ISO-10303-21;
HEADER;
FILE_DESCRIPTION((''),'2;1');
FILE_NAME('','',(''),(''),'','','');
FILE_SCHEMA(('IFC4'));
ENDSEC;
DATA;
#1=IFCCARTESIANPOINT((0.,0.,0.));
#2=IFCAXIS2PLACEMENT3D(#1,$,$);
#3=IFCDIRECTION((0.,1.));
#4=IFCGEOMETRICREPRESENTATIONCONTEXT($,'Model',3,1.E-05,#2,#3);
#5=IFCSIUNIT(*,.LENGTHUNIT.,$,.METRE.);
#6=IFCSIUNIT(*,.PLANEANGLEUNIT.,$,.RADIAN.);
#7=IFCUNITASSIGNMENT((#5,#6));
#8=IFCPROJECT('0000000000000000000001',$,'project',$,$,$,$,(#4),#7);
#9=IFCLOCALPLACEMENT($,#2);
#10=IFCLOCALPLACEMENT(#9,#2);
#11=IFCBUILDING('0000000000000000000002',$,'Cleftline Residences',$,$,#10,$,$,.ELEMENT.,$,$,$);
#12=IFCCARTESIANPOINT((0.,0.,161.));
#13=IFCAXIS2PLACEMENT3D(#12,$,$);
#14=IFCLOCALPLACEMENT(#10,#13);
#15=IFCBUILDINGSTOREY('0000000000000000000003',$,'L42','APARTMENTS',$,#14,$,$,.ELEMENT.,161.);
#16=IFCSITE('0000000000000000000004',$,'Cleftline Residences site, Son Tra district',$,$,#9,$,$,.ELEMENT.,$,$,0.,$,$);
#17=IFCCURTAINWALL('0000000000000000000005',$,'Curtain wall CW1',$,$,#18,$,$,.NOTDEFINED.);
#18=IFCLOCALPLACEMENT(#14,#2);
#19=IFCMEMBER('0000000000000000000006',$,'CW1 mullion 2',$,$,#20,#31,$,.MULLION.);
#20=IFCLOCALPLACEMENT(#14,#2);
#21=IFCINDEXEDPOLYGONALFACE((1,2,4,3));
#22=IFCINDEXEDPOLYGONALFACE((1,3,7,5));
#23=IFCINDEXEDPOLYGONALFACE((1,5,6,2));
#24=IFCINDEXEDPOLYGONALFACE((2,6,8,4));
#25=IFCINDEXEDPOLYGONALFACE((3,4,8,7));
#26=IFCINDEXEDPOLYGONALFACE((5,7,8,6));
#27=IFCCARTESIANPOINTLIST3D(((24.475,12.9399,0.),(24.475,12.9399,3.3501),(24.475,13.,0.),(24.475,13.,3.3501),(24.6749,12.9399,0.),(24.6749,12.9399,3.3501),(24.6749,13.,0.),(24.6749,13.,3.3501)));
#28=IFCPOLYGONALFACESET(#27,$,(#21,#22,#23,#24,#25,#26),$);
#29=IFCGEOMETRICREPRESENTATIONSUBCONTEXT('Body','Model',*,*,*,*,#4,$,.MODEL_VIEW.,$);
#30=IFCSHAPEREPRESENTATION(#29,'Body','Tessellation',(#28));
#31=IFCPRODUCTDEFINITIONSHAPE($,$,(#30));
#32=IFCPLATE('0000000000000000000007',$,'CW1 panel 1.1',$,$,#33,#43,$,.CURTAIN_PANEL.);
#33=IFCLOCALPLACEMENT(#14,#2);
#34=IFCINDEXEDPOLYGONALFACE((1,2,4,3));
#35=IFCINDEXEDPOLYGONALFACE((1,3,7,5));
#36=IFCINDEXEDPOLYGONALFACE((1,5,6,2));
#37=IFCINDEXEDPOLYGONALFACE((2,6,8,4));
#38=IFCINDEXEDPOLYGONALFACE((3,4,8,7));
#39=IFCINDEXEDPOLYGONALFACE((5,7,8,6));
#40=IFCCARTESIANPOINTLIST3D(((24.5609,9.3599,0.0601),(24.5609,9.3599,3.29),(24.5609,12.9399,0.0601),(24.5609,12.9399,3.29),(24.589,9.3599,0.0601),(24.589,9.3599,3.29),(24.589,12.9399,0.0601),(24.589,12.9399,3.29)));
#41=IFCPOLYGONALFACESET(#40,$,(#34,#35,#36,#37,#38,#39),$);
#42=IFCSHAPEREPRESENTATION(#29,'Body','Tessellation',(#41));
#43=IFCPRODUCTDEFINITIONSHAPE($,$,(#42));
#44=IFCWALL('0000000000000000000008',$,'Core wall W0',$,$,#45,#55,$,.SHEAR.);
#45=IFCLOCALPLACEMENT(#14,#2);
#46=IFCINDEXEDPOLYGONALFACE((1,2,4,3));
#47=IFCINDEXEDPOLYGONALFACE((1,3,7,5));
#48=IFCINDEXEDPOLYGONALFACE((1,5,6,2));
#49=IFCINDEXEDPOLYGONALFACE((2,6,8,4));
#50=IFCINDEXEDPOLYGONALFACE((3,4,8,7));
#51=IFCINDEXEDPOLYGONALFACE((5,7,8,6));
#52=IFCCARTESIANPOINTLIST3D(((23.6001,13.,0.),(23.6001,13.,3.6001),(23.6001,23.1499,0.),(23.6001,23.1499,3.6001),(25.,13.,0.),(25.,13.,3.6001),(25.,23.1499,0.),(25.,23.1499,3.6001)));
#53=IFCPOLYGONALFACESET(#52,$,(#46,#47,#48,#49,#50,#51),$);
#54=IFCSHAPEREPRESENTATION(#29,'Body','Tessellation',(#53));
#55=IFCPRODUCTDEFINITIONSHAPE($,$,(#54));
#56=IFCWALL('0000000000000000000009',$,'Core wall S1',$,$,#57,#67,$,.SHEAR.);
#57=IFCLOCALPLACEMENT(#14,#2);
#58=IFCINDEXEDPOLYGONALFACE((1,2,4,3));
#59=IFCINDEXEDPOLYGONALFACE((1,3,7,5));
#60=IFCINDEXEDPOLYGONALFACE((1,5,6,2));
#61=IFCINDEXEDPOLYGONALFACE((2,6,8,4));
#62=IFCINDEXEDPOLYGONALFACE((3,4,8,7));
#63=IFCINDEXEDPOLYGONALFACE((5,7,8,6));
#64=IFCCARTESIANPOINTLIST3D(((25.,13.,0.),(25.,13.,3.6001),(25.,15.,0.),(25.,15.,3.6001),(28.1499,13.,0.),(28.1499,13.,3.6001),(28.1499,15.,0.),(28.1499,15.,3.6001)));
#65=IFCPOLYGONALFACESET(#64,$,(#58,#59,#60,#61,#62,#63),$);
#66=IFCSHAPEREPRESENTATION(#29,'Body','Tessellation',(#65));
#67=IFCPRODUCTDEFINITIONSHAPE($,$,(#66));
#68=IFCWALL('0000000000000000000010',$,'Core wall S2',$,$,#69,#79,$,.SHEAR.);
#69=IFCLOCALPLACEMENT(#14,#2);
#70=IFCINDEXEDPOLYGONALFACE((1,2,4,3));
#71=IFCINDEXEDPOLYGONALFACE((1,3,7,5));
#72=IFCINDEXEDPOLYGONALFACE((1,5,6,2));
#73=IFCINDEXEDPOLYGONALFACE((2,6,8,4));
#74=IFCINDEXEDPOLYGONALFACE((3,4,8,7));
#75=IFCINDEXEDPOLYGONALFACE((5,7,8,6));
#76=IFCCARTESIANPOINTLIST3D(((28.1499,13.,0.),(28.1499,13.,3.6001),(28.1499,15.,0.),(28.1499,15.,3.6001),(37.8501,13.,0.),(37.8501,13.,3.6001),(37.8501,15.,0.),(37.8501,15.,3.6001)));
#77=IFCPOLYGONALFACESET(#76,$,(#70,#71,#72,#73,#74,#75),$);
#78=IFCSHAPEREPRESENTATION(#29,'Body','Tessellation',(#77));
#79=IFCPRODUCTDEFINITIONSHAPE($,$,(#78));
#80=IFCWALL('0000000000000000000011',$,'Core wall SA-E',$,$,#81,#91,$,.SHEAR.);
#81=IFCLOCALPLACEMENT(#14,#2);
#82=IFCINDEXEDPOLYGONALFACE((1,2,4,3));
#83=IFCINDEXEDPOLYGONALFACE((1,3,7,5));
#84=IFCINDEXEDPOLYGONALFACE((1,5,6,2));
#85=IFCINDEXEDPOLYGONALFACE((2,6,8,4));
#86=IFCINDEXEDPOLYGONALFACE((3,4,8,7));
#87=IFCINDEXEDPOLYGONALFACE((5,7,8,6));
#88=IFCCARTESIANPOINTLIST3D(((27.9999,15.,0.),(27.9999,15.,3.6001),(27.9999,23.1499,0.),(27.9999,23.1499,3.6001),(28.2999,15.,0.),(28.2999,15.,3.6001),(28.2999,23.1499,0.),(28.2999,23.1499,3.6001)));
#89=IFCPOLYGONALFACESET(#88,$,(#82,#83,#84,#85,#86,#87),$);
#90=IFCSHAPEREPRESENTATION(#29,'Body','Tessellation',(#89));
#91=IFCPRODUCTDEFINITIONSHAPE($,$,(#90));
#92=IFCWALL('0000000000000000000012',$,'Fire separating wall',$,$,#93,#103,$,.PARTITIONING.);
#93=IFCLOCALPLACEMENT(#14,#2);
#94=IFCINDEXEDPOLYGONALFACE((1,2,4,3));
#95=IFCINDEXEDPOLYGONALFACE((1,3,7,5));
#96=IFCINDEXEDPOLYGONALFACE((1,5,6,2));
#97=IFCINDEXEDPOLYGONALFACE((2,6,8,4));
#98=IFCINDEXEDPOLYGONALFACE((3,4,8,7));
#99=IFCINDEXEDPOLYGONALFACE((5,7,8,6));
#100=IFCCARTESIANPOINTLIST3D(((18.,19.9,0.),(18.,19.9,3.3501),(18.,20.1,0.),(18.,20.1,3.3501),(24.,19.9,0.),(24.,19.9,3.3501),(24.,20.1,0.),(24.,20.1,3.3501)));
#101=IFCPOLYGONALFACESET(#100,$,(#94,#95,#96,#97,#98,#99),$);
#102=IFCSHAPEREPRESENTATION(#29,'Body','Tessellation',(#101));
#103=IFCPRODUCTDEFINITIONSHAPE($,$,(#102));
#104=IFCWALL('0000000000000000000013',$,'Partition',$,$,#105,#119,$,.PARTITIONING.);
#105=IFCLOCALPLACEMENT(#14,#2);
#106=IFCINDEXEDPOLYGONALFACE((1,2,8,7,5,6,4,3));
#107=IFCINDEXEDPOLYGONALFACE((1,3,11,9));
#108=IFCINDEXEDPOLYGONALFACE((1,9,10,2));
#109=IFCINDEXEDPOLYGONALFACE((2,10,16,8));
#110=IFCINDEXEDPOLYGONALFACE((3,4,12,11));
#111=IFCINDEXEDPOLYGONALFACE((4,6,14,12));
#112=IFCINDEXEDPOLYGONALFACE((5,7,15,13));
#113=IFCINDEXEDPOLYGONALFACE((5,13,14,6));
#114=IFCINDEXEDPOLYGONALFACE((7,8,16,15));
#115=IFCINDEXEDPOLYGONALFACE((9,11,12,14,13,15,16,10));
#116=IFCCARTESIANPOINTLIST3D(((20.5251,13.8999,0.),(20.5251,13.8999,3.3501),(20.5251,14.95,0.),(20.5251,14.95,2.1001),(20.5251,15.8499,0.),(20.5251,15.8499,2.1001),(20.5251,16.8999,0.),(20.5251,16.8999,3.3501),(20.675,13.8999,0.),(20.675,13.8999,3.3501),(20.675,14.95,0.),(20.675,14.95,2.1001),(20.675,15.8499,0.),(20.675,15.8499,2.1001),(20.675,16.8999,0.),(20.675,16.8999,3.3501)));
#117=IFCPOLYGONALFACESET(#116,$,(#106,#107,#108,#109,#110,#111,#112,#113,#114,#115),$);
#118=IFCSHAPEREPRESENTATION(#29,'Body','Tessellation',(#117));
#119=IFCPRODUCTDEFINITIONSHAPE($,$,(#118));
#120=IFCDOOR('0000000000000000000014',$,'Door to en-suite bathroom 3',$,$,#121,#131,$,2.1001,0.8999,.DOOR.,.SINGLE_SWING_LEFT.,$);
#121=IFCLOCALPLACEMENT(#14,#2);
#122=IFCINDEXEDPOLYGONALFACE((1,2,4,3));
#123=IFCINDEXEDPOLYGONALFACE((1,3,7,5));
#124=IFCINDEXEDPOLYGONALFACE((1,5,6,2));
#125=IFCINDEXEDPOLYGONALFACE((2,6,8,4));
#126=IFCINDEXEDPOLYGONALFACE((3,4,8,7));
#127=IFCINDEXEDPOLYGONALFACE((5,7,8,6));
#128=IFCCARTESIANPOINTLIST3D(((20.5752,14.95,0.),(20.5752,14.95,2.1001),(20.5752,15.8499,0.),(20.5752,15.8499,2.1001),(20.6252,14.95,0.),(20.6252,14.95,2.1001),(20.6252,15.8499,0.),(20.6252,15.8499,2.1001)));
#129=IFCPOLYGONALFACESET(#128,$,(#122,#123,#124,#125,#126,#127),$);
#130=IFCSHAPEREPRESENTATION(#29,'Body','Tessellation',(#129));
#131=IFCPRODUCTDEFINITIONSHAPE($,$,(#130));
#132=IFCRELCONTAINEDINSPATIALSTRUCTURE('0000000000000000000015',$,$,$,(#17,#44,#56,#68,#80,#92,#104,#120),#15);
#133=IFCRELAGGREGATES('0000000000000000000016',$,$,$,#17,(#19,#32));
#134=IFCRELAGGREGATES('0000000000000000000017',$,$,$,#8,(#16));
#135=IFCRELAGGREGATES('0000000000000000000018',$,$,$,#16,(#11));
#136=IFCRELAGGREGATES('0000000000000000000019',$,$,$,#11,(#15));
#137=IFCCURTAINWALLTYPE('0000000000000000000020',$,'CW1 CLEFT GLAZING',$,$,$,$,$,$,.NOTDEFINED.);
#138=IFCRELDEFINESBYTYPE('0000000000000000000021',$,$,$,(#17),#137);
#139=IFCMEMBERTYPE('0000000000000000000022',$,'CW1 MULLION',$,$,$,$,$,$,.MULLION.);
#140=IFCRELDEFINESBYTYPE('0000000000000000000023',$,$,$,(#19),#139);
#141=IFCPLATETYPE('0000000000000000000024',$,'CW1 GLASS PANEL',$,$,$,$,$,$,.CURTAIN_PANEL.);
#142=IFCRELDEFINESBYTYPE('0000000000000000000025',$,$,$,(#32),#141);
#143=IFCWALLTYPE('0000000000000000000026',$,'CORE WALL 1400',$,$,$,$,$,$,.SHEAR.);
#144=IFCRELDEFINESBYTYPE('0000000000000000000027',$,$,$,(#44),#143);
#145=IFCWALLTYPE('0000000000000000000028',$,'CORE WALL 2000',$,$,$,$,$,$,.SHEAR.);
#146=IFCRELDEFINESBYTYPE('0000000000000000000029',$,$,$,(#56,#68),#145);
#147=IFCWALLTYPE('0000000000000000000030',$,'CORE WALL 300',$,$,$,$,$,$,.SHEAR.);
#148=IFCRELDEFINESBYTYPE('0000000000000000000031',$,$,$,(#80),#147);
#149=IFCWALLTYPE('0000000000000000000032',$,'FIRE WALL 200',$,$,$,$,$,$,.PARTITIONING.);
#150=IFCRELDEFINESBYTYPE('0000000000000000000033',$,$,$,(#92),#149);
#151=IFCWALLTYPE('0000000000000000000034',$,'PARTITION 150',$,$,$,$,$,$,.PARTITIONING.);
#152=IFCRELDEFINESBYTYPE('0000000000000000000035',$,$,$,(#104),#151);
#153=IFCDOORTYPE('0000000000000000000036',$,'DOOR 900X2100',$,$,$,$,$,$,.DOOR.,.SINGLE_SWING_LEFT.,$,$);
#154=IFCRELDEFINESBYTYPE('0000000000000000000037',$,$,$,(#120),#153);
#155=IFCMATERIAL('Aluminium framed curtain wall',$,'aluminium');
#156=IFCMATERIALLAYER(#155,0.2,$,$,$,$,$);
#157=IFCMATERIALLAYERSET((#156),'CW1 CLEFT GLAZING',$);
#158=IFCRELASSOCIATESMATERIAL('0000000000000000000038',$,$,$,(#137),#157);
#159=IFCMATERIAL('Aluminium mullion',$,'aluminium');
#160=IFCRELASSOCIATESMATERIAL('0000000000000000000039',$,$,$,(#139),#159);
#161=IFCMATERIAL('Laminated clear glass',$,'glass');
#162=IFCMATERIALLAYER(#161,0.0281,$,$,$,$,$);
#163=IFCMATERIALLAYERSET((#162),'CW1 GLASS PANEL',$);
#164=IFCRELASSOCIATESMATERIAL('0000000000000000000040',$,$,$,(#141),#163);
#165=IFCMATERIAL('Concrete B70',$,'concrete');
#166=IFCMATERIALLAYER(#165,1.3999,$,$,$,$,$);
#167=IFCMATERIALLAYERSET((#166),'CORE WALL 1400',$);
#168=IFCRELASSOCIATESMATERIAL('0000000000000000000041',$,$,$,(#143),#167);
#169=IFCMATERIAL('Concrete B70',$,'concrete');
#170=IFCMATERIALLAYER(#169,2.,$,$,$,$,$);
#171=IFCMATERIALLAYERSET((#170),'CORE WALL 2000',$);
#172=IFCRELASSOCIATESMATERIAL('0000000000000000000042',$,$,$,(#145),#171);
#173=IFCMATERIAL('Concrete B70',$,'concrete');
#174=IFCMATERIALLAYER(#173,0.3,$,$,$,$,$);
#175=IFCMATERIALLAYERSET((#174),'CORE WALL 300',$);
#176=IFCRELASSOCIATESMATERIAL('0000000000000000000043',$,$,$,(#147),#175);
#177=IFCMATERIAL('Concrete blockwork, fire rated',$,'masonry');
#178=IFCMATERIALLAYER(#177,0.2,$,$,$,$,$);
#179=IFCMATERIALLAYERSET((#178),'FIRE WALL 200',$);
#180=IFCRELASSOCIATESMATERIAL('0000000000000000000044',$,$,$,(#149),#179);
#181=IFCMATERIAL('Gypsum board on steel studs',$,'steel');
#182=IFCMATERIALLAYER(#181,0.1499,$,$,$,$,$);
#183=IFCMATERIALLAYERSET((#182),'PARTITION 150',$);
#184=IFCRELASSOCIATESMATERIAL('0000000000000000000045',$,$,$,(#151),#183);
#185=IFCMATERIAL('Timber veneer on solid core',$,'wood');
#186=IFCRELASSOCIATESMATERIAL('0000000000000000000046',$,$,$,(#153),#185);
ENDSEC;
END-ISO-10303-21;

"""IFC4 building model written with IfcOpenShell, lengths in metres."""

from ifc_helpers import new_model, si_unit, direction, frame, frame_2d, origin, origin_2d, place, context, subcontext, project, spatial, rectangle, extrude, material, layer, layer_set, material_profile, profile_set, type_object, element, fill, aggregate, save


model = new_model("IFC4")

# Units and contexts
model_context = context("Model", 3, precision=1e-05, world=origin(), true_north=direction((0.0, 1.0)))
body_context = subcontext(model_context, "Body", "Model", "MODEL_VIEW")
ifc_project = project(units=[si_unit("LENGTHUNIT", "METRE"), si_unit("PLANEANGLEUNIT", "RADIAN")], contexts=[model_context])

# Site, building, storey
site_placement = place(None, origin())
site = spatial("IfcSite", under=ifc_project, at=site_placement, Name="Cleftline Residences site, Son Tra district", CompositionType="ELEMENT", RefElevation=0.0)
building_placement = place(site_placement, origin())
building = spatial("IfcBuilding", under=site, at=building_placement, Name="Cleftline Residences", CompositionType="ELEMENT")
storey_placement = place(building_placement, frame((0.0, 0.0, 161.0)))
storey = spatial("IfcBuildingStorey", under=building, at=storey_placement, Name="L42", Description="APARTMENTS", CompositionType="ELEMENT", Elevation=161.0)

# Curtain wall, member, plate
ifc_material_1 = material(Name="Aluminium framed curtain wall", Category="aluminium")
ifc_layer_1 = layer(ifc_material_1, 0.2)
ifc_layer_set_1 = layer_set([ifc_layer_1], Name="CW1 CLEFT GLAZING")
curtain_wall_type = type_object("IfcCurtainWallType", Name="CW1 CLEFT GLAZING", PredefinedType="NOTDEFINED", material=ifc_layer_set_1)
curtain_wall_placement = place(storey_placement, origin())
curtain_wall = element("IfcCurtainWall", 1, at=curtain_wall_placement, inside=storey, type_object=curtain_wall_type, Name="Curtain wall CW1", PredefinedType="NOTDEFINED")
ifc_material_2 = material(Name="Aluminium mullion", Category="aluminium")
ifc_material_profile = material_profile(ifc_material_2, rectangle(XDim=0.2, YDim=0.0601, at=origin_2d()))
ifc_profile_set = profile_set([ifc_material_profile], Name="Aluminium mullion")
member_type = type_object("IfcMemberType", Name="CW1 MULLION", PredefinedType="MULLION", material=ifc_profile_set)
member_placement = place(storey_placement, frame((24.575, 12.97, 0.0), z_axis=(0.0, 0.0, 1.0), x_axis=(-1.0, 0.0, 0.0)))
member = element("IfcMember", 2, at=member_placement, type_object=member_type, Name="CW1 mullion 2", PredefinedType="MULLION", context=body_context, shape_type="SweptSolid", body=[
    extrude(rectangle(XDim=0.2, YDim=0.0601, at=origin_2d()), origin(), (0.0, 0.0, 1.0), 3.3501),
])
ifc_material_3 = material(Name="Laminated clear glass", Category="glass")
ifc_layer_2 = layer(ifc_material_3, 0.0281)
ifc_layer_set_2 = layer_set([ifc_layer_2], Name="CW1 GLASS PANEL")
plate_type = type_object("IfcPlateType", Name="CW1 GLASS PANEL", PredefinedType="CURTAIN_PANEL", material=ifc_layer_set_2)
plate_placement = place(storey_placement, frame((24.575, 11.1499, 0.0601), z_axis=(0.0, 0.0, 1.0), x_axis=(0.0, 1.0, 0.0)))
plate = element("IfcPlate", 3, at=plate_placement, type_object=plate_type, Name="CW1 panel 1.1", PredefinedType="CURTAIN_PANEL", context=body_context, shape_type="SweptSolid", body=[
    extrude(rectangle(XDim=3.5801, YDim=0.0281, at=origin_2d()), origin(), (0.0, 0.0, 1.0), 3.23),
])
aggregate(curtain_wall, [member, plate])

# Walls
ifc_material_4 = material(Name="Concrete B70", Category="concrete")
ifc_layer_3 = layer(ifc_material_4, 1.3999)
ifc_layer_set_3 = layer_set([ifc_layer_3], Name="CORE WALL 1400")
wall_type_1 = type_object("IfcWallType", Name="CORE WALL 1400", PredefinedType="SHEAR", material=ifc_layer_set_3)
wall_1_placement = place(storey_placement, frame((24.3, 13.0, 0.0), z_axis=(0.0, 0.0, 1.0), x_axis=(0.0, 1.0, 0.0)))
element("IfcWall", 4, at=wall_1_placement, inside=storey, type_object=wall_type_1, Name="Core wall W0", PredefinedType="SHEAR", context=body_context, shape_type="SweptSolid", body=[
    extrude(rectangle(XDim=10.1499, YDim=1.3999, at=frame_2d((5.075, 0.0))), origin(), (0.0, 0.0, 1.0), 3.6001),
])
ifc_material_5 = material(Name="Concrete B70", Category="concrete")
ifc_layer_4 = layer(ifc_material_5, 2.0)
ifc_layer_set_4 = layer_set([ifc_layer_4], Name="CORE WALL 2000")
wall_type_2 = type_object("IfcWallType", Name="CORE WALL 2000", PredefinedType="SHEAR", material=ifc_layer_set_4)
wall_2_placement = place(storey_placement, frame((25.0, 14.0, 0.0), z_axis=(0.0, 0.0, 1.0), x_axis=(1.0, 0.0, 0.0)))
element("IfcWall", 5, at=wall_2_placement, inside=storey, type_object=wall_type_2, Name="Core wall S1", PredefinedType="SHEAR", context=body_context, shape_type="SweptSolid", body=[
    extrude(rectangle(XDim=3.1499, YDim=2.0, at=frame_2d((1.575, 0.0))), origin(), (0.0, 0.0, 1.0), 3.6001),
])
wall_3_placement = place(storey_placement, frame((28.1499, 14.0, 0.0), z_axis=(0.0, 0.0, 1.0), x_axis=(1.0, 0.0, 0.0)))
element("IfcWall", 6, at=wall_3_placement, inside=storey, type_object=wall_type_2, Name="Core wall S2", PredefinedType="SHEAR", context=body_context, shape_type="SweptSolid", body=[
    extrude(rectangle(XDim=9.7002, YDim=2.0, at=frame_2d((4.8501, 0.0))), origin(), (0.0, 0.0, 1.0), 3.6001),
])
ifc_material_6 = material(Name="Concrete B70", Category="concrete")
ifc_layer_5 = layer(ifc_material_6, 0.3)
ifc_layer_set_5 = layer_set([ifc_layer_5], Name="CORE WALL 300")
wall_type_3 = type_object("IfcWallType", Name="CORE WALL 300", PredefinedType="SHEAR", material=ifc_layer_set_5)
wall_4_placement = place(storey_placement, frame((28.1499, 15.0, 0.0), z_axis=(0.0, 0.0, 1.0), x_axis=(0.0, 1.0, 0.0)))
element("IfcWall", 7, at=wall_4_placement, inside=storey, type_object=wall_type_3, Name="Core wall SA-E", PredefinedType="SHEAR", context=body_context, shape_type="SweptSolid", body=[
    extrude(rectangle(XDim=8.1499, YDim=0.3, at=frame_2d((4.075, 0.0))), origin(), (0.0, 0.0, 1.0), 3.6001),
])
ifc_material_7 = material(Name="Concrete blockwork, fire rated", Category="masonry")
ifc_layer_6 = layer(ifc_material_7, 0.2)
ifc_layer_set_6 = layer_set([ifc_layer_6], Name="FIRE WALL 200")
wall_type_4 = type_object("IfcWallType", Name="FIRE WALL 200", PredefinedType="PARTITIONING", material=ifc_layer_set_6)
wall_5_placement = place(storey_placement, frame((18.0, 20.0, 0.0), z_axis=(0.0, 0.0, 1.0), x_axis=(1.0, 0.0, 0.0)))
element("IfcWall", 8, at=wall_5_placement, inside=storey, type_object=wall_type_4, Name="Fire separating wall", PredefinedType="PARTITIONING", context=body_context, shape_type="SweptSolid", body=[
    extrude(rectangle(XDim=6.0, YDim=0.2, at=frame_2d((3.0, 0.0))), origin(), (0.0, 0.0, 1.0), 3.3501),
])

# Wall, opening, door
ifc_material_8 = material(Name="Gypsum board on steel studs", Category="steel")
ifc_layer_7 = layer(ifc_material_8, 0.1499)
ifc_layer_set_7 = layer_set([ifc_layer_7], Name="PARTITION 150")
wall_type_5 = type_object("IfcWallType", Name="PARTITION 150", PredefinedType="PARTITIONING", material=ifc_layer_set_7)
wall_6_placement = place(storey_placement, frame((20.6001, 13.8999, 0.0), z_axis=(0.0, 0.0, 1.0), x_axis=(0.0, 1.0, 0.0)))
wall_6 = element("IfcWall", 9, at=wall_6_placement, inside=storey, type_object=wall_type_5, Name="Partition", PredefinedType="PARTITIONING", context=body_context, shape_type="SweptSolid", body=[
    extrude(rectangle(XDim=3.0, YDim=0.1499, at=frame_2d((1.5, 0.0))), origin(), (0.0, 0.0, 1.0), 3.3501),
])
opening_1_placement = place(wall_6_placement, frame((1.05, 0.0, 0.0)))
opening_1 = element("IfcOpeningElement", 10, at=opening_1_placement, cuts=wall_6, PredefinedType="OPENING", context=body_context, shape_type="SweptSolid", body=[
    extrude(rectangle(XDim=0.8999, YDim=2.1001, at=frame_2d((0.45, 1.05))), frame((0.0, 0.085, 0.0), z_axis=(0.0, -1.0, 0.0), x_axis=(1.0, 0.0, 0.0)), (0.0, 0.0, 1.0), 0.1699),
])
ifc_material_9 = material(Name="Timber veneer on solid core", Category="wood")
door_type_1 = type_object("IfcDoorType", Name="DOOR 900X2100", OperationType="SINGLE_SWING_LEFT", PredefinedType="DOOR", material=ifc_material_9)
door_1_placement = place(opening_1_placement, origin())
door_1 = element("IfcDoor", 11, at=door_1_placement, inside=storey, type_object=door_type_1, Name="Door to en-suite bathroom 3", OperationType="SINGLE_SWING_LEFT", OverallHeight=2.1001, OverallWidth=0.8999, PredefinedType="DOOR", context=body_context, shape_type="SweptSolid", body=[
    extrude(rectangle(XDim=0.8999, YDim=2.1001, at=frame_2d((0.45, 1.05))), frame((0.0, 0.0249, 0.0), z_axis=(0.0, -1.0, 0.0), x_axis=(1.0, 0.0, 0.0)), (0.0, 0.0, 1.0), 0.05),
])
fill(opening_1, door_1)

save(model, "model.ifc")
